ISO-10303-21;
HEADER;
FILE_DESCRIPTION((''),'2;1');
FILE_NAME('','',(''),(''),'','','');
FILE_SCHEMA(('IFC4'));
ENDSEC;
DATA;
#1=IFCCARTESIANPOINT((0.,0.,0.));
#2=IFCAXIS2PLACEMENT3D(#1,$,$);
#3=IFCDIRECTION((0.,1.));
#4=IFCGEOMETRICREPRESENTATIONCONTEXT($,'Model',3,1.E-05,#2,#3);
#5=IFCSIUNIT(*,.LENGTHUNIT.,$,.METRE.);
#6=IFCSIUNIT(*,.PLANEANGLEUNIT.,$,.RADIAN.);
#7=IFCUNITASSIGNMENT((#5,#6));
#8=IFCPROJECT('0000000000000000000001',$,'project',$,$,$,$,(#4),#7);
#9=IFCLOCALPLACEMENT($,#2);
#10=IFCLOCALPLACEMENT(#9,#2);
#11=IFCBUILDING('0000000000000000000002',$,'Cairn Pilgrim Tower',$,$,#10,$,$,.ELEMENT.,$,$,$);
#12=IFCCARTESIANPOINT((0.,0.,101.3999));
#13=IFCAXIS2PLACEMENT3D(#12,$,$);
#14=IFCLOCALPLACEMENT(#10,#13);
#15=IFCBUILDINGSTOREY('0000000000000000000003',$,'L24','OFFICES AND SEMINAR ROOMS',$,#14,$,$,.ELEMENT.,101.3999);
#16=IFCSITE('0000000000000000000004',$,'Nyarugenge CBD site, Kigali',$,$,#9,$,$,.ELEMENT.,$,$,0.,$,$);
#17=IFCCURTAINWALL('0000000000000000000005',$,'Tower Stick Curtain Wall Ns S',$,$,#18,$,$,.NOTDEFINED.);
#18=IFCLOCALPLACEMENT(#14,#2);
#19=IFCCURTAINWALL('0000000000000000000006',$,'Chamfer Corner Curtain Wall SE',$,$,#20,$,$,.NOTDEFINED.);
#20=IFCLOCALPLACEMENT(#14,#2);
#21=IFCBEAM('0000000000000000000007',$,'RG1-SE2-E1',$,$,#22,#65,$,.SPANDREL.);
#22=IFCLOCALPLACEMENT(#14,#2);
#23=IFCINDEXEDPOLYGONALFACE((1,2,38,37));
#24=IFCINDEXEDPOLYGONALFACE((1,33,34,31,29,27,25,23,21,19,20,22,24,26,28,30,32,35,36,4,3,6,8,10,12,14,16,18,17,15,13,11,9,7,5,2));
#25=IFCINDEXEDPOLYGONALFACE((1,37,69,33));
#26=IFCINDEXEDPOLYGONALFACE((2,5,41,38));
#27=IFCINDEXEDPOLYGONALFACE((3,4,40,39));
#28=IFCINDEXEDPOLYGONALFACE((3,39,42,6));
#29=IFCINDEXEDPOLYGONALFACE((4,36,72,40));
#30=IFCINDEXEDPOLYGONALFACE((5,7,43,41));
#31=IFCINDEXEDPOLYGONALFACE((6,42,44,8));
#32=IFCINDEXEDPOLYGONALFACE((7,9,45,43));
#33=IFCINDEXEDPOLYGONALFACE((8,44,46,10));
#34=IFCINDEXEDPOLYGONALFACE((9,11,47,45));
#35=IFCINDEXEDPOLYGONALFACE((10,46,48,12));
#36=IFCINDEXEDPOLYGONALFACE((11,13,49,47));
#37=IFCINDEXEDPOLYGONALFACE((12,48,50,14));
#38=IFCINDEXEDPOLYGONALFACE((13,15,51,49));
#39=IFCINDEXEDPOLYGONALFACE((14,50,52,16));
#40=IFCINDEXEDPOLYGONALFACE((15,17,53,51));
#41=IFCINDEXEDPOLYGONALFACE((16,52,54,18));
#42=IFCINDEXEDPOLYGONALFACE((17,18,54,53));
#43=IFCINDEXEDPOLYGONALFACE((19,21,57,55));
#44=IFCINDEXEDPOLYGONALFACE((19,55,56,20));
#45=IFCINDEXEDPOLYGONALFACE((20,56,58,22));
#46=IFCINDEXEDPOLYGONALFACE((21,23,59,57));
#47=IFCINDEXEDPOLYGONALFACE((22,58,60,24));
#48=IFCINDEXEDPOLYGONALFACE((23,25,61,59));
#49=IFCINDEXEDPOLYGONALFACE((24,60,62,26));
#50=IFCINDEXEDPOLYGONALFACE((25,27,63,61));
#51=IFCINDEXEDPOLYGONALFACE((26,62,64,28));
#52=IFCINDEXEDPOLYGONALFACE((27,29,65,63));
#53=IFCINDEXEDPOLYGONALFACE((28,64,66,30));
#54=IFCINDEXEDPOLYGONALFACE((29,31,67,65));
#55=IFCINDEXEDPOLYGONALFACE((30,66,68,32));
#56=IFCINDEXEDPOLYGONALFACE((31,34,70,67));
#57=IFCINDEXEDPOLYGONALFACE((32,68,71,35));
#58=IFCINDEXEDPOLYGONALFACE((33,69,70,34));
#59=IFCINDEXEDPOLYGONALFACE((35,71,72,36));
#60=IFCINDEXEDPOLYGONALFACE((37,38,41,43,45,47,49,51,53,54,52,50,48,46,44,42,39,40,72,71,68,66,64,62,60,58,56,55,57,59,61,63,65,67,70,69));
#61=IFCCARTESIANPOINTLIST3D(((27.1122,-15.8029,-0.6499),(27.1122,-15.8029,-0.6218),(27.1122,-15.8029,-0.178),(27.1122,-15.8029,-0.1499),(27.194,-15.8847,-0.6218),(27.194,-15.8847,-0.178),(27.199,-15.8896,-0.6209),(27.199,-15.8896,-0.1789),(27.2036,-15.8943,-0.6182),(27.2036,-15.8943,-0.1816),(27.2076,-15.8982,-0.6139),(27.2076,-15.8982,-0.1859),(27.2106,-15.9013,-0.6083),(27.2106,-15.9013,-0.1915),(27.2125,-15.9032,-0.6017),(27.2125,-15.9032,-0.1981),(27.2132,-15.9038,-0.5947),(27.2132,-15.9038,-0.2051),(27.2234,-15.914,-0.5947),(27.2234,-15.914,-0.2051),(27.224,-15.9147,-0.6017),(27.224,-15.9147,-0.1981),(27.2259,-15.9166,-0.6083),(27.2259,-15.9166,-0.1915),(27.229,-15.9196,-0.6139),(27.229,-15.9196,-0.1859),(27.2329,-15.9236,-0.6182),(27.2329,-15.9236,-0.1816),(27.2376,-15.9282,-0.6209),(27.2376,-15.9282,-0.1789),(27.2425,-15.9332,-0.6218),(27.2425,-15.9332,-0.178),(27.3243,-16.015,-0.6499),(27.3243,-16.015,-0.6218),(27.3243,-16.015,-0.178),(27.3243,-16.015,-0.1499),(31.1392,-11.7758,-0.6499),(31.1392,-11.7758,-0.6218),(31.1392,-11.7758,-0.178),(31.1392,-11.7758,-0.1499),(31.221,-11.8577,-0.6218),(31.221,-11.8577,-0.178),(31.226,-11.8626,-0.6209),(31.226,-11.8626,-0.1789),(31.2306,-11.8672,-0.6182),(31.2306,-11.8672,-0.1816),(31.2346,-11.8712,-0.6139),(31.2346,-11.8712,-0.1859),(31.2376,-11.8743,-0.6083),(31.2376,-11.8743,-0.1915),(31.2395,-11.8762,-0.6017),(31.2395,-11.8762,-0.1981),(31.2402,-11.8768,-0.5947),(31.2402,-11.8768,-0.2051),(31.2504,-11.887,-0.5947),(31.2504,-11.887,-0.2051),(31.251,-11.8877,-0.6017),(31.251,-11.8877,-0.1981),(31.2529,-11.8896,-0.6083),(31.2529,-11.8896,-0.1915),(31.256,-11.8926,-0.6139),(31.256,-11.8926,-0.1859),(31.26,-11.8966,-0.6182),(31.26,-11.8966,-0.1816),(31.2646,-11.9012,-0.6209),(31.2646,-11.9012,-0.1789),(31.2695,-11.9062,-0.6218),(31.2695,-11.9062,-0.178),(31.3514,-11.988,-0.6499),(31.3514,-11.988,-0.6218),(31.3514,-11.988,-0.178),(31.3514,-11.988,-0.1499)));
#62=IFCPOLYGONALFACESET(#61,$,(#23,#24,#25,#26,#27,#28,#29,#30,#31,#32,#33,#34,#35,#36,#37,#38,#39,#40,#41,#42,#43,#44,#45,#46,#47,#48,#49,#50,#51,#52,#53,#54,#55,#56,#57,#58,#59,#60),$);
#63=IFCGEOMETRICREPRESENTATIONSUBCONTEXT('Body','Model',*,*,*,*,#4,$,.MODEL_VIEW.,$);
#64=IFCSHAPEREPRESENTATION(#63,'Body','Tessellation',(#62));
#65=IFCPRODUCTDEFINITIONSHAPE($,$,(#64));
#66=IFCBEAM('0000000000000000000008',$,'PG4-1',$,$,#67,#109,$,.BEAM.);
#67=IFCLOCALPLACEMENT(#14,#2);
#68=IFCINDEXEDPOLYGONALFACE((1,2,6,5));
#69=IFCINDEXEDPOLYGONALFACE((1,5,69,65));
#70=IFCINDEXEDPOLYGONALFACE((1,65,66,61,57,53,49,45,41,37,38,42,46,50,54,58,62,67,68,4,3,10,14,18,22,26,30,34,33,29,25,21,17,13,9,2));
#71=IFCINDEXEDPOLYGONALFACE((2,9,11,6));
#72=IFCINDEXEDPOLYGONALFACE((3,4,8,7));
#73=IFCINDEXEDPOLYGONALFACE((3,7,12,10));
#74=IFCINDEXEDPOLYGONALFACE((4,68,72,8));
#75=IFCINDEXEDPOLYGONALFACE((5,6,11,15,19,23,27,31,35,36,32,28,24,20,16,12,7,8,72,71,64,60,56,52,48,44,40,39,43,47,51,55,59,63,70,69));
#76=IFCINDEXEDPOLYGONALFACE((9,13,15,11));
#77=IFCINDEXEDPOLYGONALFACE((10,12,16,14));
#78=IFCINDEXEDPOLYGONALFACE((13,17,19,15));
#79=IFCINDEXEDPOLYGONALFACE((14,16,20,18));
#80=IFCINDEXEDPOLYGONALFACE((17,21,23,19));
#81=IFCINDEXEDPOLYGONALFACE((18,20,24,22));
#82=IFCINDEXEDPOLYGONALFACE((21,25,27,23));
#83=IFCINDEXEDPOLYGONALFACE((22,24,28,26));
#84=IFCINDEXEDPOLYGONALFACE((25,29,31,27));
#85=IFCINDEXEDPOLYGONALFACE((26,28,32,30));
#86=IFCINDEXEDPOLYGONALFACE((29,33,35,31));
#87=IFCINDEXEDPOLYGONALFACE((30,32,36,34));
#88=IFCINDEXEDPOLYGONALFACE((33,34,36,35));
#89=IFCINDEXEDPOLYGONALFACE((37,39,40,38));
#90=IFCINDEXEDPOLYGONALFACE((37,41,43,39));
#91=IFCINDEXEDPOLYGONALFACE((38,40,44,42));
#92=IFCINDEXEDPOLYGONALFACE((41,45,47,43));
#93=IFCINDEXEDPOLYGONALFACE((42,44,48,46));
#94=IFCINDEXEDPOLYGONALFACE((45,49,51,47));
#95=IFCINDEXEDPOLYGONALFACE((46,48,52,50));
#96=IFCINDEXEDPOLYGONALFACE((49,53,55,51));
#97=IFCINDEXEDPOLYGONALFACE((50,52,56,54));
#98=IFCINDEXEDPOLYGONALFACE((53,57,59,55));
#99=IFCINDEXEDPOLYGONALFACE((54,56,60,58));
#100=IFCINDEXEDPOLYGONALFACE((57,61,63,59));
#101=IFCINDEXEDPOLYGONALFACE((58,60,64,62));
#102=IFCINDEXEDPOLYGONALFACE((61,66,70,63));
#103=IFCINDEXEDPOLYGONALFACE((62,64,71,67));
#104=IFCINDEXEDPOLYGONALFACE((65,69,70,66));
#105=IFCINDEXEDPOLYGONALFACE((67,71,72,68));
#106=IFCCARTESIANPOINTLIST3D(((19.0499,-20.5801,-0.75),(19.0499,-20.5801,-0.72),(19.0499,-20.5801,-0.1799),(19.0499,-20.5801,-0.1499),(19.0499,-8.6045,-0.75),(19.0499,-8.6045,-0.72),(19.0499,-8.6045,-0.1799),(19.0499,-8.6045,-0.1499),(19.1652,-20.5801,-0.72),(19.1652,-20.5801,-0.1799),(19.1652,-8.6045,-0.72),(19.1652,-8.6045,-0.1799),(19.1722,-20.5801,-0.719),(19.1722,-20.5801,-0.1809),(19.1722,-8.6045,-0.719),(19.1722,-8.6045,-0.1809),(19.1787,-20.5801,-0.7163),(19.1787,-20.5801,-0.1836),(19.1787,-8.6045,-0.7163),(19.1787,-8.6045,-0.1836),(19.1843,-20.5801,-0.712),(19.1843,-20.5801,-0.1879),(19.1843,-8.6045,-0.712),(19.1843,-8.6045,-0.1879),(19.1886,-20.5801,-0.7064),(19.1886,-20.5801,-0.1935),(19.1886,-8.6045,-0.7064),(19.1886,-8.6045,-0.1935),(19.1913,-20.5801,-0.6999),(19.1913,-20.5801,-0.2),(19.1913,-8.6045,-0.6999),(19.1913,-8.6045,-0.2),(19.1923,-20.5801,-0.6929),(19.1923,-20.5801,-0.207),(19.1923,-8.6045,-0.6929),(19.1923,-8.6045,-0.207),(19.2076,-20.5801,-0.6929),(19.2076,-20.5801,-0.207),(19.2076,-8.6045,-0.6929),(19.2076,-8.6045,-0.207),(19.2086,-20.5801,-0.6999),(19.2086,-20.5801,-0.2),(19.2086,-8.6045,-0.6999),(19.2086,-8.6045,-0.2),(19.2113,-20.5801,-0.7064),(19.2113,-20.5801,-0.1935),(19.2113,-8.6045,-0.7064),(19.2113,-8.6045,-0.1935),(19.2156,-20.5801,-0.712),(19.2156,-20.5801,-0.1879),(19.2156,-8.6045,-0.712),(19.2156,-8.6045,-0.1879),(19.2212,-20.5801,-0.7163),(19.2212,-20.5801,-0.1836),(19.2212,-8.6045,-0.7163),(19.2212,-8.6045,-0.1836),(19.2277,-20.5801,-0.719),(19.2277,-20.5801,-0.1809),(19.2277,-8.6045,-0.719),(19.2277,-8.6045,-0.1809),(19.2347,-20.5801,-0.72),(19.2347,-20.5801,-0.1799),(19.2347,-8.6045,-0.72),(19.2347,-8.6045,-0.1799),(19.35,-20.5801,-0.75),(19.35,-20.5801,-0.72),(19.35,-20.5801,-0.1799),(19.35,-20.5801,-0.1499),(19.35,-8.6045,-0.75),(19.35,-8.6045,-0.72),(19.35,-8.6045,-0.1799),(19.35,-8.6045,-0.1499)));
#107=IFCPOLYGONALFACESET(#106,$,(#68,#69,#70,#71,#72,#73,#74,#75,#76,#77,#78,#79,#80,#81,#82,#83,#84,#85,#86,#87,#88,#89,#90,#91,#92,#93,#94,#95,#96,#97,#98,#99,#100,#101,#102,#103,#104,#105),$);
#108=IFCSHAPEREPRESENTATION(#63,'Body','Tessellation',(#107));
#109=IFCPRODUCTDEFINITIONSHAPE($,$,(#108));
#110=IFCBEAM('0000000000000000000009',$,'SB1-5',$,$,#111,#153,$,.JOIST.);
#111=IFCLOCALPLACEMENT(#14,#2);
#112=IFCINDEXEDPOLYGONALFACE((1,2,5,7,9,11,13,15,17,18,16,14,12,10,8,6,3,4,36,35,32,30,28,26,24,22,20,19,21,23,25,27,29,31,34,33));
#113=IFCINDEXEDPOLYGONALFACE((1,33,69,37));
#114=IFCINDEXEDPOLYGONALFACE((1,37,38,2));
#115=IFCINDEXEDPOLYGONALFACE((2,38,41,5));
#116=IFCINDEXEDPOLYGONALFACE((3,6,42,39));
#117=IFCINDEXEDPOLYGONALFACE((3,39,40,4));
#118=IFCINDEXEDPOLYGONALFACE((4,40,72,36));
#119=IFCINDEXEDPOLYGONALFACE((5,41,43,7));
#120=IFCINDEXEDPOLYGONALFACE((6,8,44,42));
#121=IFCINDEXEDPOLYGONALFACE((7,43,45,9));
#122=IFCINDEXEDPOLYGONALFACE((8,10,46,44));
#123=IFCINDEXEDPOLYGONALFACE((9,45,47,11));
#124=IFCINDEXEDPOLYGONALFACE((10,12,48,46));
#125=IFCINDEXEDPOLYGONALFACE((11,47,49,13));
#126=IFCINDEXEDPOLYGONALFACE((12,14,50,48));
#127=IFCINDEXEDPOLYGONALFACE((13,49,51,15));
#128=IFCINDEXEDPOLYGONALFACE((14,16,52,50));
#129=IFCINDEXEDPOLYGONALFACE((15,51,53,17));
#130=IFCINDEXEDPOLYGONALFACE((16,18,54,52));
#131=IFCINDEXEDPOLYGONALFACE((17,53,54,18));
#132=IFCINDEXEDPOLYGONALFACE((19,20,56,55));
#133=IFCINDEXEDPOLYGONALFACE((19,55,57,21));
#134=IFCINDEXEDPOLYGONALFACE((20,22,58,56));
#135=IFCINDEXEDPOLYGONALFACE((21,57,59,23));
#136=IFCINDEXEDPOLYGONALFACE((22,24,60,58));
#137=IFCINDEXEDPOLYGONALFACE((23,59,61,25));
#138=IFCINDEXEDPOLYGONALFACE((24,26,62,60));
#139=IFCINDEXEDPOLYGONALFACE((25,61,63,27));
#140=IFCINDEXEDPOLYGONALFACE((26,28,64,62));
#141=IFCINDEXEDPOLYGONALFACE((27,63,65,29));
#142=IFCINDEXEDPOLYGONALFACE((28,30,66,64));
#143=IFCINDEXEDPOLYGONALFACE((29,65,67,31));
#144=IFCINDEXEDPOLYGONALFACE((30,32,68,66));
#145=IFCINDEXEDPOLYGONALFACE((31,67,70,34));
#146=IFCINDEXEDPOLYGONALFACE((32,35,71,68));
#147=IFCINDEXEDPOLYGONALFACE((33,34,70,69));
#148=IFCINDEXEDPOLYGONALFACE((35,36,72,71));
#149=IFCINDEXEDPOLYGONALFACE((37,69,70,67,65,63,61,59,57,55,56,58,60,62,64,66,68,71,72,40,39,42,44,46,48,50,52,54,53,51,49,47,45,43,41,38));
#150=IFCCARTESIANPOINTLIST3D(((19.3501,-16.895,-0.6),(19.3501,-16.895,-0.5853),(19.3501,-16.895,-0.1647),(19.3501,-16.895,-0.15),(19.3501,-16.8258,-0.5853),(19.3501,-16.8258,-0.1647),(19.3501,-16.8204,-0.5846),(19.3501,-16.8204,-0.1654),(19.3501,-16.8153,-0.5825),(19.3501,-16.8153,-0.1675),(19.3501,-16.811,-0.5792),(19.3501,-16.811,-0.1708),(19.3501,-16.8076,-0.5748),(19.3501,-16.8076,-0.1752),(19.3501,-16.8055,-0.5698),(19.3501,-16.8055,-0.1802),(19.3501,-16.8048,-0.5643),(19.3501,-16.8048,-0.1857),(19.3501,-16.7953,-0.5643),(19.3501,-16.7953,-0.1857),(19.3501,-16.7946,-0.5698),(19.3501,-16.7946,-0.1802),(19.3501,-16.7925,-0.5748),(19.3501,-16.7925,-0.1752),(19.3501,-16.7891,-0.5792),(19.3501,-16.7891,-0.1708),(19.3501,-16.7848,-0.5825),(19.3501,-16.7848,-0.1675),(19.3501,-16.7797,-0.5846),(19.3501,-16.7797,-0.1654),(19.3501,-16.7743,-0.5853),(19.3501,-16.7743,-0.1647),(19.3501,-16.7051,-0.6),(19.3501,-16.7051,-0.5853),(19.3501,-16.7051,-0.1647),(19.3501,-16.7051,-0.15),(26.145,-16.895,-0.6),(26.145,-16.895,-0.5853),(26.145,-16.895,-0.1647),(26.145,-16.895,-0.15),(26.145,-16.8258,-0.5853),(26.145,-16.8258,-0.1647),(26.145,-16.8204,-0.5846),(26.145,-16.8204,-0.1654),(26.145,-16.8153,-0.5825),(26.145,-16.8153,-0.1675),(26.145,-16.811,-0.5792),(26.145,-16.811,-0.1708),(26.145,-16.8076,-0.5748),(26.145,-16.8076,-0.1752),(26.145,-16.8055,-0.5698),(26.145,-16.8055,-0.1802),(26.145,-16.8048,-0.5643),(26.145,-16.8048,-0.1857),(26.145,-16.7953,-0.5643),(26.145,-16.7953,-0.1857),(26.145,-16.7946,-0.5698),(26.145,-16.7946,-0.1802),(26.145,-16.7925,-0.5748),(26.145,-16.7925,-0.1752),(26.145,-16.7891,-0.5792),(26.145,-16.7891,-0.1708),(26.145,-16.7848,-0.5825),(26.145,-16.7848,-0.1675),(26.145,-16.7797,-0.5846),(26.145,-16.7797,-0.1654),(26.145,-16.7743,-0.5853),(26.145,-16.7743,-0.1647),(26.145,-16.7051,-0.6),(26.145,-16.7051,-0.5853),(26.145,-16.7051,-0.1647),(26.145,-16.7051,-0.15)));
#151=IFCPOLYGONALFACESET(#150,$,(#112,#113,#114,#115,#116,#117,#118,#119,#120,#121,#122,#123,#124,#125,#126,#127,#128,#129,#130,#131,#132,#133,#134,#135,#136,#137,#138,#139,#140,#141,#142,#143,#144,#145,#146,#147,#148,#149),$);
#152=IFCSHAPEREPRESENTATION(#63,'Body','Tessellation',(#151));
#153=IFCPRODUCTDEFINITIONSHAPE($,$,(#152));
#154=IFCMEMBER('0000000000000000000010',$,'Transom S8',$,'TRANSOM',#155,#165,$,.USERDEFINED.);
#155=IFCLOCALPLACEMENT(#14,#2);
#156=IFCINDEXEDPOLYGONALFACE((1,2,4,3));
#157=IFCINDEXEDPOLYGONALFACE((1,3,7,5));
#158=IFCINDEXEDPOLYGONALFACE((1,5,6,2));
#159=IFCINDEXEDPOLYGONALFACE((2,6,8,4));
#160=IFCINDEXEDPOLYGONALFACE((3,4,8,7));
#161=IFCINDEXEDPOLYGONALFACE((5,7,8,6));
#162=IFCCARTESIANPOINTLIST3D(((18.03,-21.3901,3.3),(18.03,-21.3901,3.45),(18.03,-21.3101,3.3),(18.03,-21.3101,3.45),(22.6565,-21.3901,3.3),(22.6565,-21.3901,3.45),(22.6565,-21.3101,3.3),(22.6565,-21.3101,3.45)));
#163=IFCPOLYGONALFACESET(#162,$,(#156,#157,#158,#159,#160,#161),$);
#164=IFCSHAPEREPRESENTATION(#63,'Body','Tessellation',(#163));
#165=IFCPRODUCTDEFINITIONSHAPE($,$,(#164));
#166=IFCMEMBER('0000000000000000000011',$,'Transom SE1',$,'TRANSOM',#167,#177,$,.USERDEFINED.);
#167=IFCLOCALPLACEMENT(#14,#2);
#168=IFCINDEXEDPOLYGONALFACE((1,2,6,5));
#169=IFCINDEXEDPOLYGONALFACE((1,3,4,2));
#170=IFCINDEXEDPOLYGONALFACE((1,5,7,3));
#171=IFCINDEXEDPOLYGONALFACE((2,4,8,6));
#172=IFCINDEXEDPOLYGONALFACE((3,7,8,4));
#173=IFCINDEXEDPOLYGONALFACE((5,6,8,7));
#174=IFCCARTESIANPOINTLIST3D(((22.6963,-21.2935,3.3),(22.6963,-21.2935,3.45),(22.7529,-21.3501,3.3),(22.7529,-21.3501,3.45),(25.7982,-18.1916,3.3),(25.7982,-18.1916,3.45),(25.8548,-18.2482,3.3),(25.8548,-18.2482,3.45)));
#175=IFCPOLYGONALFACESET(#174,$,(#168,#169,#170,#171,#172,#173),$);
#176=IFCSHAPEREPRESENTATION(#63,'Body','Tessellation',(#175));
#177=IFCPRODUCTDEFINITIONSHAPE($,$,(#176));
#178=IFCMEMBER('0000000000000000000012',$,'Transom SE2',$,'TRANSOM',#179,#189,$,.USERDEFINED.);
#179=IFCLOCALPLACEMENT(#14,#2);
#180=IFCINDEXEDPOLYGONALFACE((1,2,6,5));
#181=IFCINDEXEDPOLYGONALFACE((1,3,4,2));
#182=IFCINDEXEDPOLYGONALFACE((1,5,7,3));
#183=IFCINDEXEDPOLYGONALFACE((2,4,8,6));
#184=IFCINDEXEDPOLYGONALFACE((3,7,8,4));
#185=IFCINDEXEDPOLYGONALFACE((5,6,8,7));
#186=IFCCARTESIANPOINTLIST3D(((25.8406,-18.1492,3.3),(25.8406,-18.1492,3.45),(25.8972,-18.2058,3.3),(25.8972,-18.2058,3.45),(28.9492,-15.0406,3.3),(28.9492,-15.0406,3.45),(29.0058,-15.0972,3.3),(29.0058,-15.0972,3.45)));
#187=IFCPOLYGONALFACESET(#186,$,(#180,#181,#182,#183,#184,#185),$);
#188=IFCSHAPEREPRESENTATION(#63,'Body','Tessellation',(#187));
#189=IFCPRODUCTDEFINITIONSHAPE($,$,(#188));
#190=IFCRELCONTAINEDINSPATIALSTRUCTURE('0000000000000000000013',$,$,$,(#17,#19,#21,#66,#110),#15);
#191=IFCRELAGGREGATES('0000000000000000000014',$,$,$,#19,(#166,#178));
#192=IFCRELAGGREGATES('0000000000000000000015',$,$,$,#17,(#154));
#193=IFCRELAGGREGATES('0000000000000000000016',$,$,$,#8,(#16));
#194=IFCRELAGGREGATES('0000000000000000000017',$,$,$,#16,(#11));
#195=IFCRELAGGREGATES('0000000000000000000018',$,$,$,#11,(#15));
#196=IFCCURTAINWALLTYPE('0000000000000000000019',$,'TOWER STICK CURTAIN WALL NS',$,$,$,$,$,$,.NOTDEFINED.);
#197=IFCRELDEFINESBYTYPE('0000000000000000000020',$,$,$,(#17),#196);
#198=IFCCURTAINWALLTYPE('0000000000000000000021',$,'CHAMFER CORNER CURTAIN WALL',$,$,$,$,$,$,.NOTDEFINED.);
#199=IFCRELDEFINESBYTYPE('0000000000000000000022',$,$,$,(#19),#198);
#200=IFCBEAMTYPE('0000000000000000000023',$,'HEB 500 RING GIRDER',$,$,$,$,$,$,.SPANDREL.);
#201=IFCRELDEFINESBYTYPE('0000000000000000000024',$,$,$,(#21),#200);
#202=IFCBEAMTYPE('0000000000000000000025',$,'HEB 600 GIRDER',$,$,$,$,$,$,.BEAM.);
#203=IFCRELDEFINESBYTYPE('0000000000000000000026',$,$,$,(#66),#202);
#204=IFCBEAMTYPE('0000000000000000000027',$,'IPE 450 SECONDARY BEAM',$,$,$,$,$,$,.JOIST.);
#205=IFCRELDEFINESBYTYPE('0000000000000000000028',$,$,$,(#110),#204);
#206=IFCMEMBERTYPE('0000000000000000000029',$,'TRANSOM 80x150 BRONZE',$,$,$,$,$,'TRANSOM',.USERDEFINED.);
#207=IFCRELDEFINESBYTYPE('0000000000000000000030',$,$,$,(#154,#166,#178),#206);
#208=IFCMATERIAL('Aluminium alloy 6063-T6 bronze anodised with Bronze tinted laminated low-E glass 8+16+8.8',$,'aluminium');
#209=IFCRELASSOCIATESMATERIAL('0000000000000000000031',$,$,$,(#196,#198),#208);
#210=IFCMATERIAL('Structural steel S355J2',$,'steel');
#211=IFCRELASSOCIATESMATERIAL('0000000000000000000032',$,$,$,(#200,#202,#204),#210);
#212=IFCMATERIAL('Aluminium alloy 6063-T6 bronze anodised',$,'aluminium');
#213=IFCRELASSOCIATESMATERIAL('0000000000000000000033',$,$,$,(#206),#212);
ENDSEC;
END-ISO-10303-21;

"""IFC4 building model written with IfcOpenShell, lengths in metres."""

from ifc_helpers import new_model, si_unit, direction, frame, origin, origin_2d, place, context, subcontext, project, spatial, rectangle, i_section, extrude, material, material_profile, profile_set, type_object, element, aggregate, save


model = new_model("IFC4")

# Units and contexts
model_context = context("Model", 3, precision=1e-05, world=origin(), true_north=direction((0.0, 1.0)))
body_context = subcontext(model_context, "Body", "Model", "MODEL_VIEW")
ifc_project = project(units=[si_unit("LENGTHUNIT", "METRE"), si_unit("PLANEANGLEUNIT", "RADIAN")], contexts=[model_context])

# Site, building, storey
site_placement = place(None, origin())
site = spatial("IfcSite", under=ifc_project, at=site_placement, Name="Nyarugenge CBD site, Kigali", CompositionType="ELEMENT", RefElevation=0.0)
building_placement = place(site_placement, origin())
building = spatial("IfcBuilding", under=site, at=building_placement, Name="Cairn Pilgrim Tower", CompositionType="ELEMENT")
storey_placement = place(building_placement, frame((0.0, 0.0, 101.3999)))
storey = spatial("IfcBuildingStorey", under=building, at=storey_placement, Name="L24", Description="OFFICES AND SEMINAR ROOMS", CompositionType="ELEMENT", Elevation=101.3999)

# Shared definitions
ifc_material_1 = material(Name="Structural steel S355J2", Category="steel")

# Curtain wall
ifc_material_2 = material(Name="Aluminium alloy 6063-T6 bronze anodised with Bronze tinted laminated low-E glass 8+16+8.8", Category="aluminium")
curtain_wall_type_1 = type_object("IfcCurtainWallType", Name="TOWER STICK CURTAIN WALL NS", PredefinedType="NOTDEFINED", material=ifc_material_2)
curtain_wall_1_placement = place(storey_placement, origin())
curtain_wall_1 = element("IfcCurtainWall", 1, at=curtain_wall_1_placement, inside=storey, type_object=curtain_wall_type_1, Name="Tower Stick Curtain Wall Ns S", PredefinedType="NOTDEFINED")
ifc_material_3 = material(Name="Aluminium alloy 6063-T6 bronze anodised", Category="aluminium")

# Curtain wall
curtain_wall_type_2 = type_object("IfcCurtainWallType", Name="CHAMFER CORNER CURTAIN WALL", PredefinedType="NOTDEFINED", material=ifc_material_2)
curtain_wall_2_placement = place(storey_placement, origin())
curtain_wall_2 = element("IfcCurtainWall", 2, at=curtain_wall_2_placement, inside=storey, type_object=curtain_wall_type_2, Name="Chamfer Corner Curtain Wall SE", PredefinedType="NOTDEFINED")

# Beams
ifc_material_profile_1 = material_profile(ifc_material_1, i_section(OverallWidth=0.3, OverallDepth=0.5, WebThickness=0.0144, FlangeThickness=0.0281, FilletRadius=0.0271, at=origin_2d()), Name="HEB 500")
ifc_profile_set_1 = profile_set([ifc_material_profile_1], Name="Structural steel S355J2")
beam_type_1 = type_object("IfcBeamType", Name="HEB 500 RING GIRDER", PredefinedType="SPANDREL", material=ifc_profile_set_1)
beam_1_placement = place(storey_placement, frame((27.2183, -15.9089, -0.3999), z_axis=(0.707107, 0.707107, 0.0), x_axis=(-0.707107, 0.707107, 0.0)))
element("IfcBeam", 3, at=beam_1_placement, inside=storey, type_object=beam_type_1, Name="RG1-SE2-E1", PredefinedType="SPANDREL", context=body_context, shape_type="SweptSolid", body=[
    extrude(i_section(OverallWidth=0.3, OverallDepth=0.5, WebThickness=0.0144, FlangeThickness=0.0281, FilletRadius=0.0271, at=origin_2d()), origin(), (0.0, 0.0, 1.0), 5.6951),
])
ifc_material_profile_2 = material_profile(ifc_material_1, i_section(OverallWidth=0.3, OverallDepth=0.6001, WebThickness=0.0154, FlangeThickness=0.03, FilletRadius=0.0271, at=origin_2d()), Name="HEB 600")
ifc_profile_set_2 = profile_set([ifc_material_profile_2], Name="Structural steel S355J2")
beam_type_2 = type_object("IfcBeamType", Name="HEB 600 GIRDER", PredefinedType="BEAM", material=ifc_profile_set_2)
beam_2_placement = place(storey_placement, frame((19.2, -20.5801, -0.45), z_axis=(0.0, 1.0, 0.0), x_axis=(-1.0, 0.0, 0.0)))
element("IfcBeam", 4, at=beam_2_placement, inside=storey, type_object=beam_type_2, Name="PG4-1", PredefinedType="BEAM", context=body_context, shape_type="SweptSolid", body=[
    extrude(i_section(OverallWidth=0.3, OverallDepth=0.6001, WebThickness=0.0154, FlangeThickness=0.03, FilletRadius=0.0271, at=origin_2d()), origin(), (0.0, 0.0, 1.0), 11.9756),
])
ifc_material_profile_3 = material_profile(ifc_material_1, i_section(OverallWidth=0.1899, OverallDepth=0.45, WebThickness=0.0095, FlangeThickness=0.0146, FilletRadius=0.021, at=origin_2d()), Name="IPE 450")
ifc_profile_set_3 = profile_set([ifc_material_profile_3], Name="Structural steel S355J2")
beam_type_3 = type_object("IfcBeamType", Name="IPE 450 SECONDARY BEAM", PredefinedType="JOIST", material=ifc_profile_set_3)
beam_3_placement = place(storey_placement, frame((19.3501, -16.8, -0.375), z_axis=(1.0, 0.0, 0.0), x_axis=(0.0, 1.0, 0.0)))
element("IfcBeam", 5, at=beam_3_placement, inside=storey, type_object=beam_type_3, Name="SB1-5", PredefinedType="JOIST", context=body_context, shape_type="SweptSolid", body=[
    extrude(i_section(OverallWidth=0.1899, OverallDepth=0.45, WebThickness=0.0095, FlangeThickness=0.0146, FilletRadius=0.021, at=origin_2d()), origin(), (0.0, 0.0, 1.0), 6.7949),
])

# Members
ifc_material_profile_4 = material_profile(ifc_material_3, rectangle(XDim=0.0801, YDim=0.1499, at=origin_2d()), Name="TRANSOM 80x150 BRONZE")
ifc_profile_set_4 = profile_set([ifc_material_profile_4], Name="Aluminium alloy 6063-T6 bronze anodised")
member_type_1 = type_object("IfcMemberType", Name="TRANSOM 80x150 BRONZE", ElementType="TRANSOM", PredefinedType="USERDEFINED", material=ifc_profile_set_4)
member_1_placement = place(storey_placement, frame((18.03, -21.3501, 3.375), z_axis=(1.0, 0.0, 0.0), x_axis=(0.0, 1.0, 0.0)))
member_1 = element("IfcMember", 6, at=member_1_placement, type_object=member_type_1, Name="Transom S8", ObjectType="TRANSOM", PredefinedType="USERDEFINED", context=body_context, shape_type="SweptSolid", body=[
    extrude(rectangle(XDim=0.0801, YDim=0.1499, at=origin_2d()), origin(), (0.0, 0.0, 1.0), 4.6265),
])
member_2_placement = place(storey_placement, frame((22.7246, -21.3218, 3.375), z_axis=(0.707107, 0.707107, 0.0), x_axis=(-0.707107, 0.707107, 0.0)))
member_2 = element("IfcMember", 7, at=member_2_placement, type_object=member_type_1, Name="Transom SE1", ObjectType="TRANSOM", PredefinedType="USERDEFINED", context=body_context, shape_type="SweptSolid", body=[
    extrude(rectangle(XDim=0.0801, YDim=0.1499, at=origin_2d()), origin(), (0.0, 0.0, 1.0), 4.3867),
])
member_3_placement = place(storey_placement, frame((25.8689, -18.1775, 3.375), z_axis=(0.707107, 0.707107, 0.0), x_axis=(-0.707107, 0.707107, 0.0)))
member_3 = element("IfcMember", 8, at=member_3_placement, type_object=member_type_1, Name="Transom SE2", ObjectType="TRANSOM", PredefinedType="USERDEFINED", context=body_context, shape_type="SweptSolid", body=[
    extrude(rectangle(XDim=0.0801, YDim=0.1499, at=origin_2d()), origin(), (0.0, 0.0, 1.0), 4.3962),
])

aggregate(curtain_wall_2, [member_2, member_3])
aggregate(curtain_wall_1, [member_1])

save(model, "model.ifc")
